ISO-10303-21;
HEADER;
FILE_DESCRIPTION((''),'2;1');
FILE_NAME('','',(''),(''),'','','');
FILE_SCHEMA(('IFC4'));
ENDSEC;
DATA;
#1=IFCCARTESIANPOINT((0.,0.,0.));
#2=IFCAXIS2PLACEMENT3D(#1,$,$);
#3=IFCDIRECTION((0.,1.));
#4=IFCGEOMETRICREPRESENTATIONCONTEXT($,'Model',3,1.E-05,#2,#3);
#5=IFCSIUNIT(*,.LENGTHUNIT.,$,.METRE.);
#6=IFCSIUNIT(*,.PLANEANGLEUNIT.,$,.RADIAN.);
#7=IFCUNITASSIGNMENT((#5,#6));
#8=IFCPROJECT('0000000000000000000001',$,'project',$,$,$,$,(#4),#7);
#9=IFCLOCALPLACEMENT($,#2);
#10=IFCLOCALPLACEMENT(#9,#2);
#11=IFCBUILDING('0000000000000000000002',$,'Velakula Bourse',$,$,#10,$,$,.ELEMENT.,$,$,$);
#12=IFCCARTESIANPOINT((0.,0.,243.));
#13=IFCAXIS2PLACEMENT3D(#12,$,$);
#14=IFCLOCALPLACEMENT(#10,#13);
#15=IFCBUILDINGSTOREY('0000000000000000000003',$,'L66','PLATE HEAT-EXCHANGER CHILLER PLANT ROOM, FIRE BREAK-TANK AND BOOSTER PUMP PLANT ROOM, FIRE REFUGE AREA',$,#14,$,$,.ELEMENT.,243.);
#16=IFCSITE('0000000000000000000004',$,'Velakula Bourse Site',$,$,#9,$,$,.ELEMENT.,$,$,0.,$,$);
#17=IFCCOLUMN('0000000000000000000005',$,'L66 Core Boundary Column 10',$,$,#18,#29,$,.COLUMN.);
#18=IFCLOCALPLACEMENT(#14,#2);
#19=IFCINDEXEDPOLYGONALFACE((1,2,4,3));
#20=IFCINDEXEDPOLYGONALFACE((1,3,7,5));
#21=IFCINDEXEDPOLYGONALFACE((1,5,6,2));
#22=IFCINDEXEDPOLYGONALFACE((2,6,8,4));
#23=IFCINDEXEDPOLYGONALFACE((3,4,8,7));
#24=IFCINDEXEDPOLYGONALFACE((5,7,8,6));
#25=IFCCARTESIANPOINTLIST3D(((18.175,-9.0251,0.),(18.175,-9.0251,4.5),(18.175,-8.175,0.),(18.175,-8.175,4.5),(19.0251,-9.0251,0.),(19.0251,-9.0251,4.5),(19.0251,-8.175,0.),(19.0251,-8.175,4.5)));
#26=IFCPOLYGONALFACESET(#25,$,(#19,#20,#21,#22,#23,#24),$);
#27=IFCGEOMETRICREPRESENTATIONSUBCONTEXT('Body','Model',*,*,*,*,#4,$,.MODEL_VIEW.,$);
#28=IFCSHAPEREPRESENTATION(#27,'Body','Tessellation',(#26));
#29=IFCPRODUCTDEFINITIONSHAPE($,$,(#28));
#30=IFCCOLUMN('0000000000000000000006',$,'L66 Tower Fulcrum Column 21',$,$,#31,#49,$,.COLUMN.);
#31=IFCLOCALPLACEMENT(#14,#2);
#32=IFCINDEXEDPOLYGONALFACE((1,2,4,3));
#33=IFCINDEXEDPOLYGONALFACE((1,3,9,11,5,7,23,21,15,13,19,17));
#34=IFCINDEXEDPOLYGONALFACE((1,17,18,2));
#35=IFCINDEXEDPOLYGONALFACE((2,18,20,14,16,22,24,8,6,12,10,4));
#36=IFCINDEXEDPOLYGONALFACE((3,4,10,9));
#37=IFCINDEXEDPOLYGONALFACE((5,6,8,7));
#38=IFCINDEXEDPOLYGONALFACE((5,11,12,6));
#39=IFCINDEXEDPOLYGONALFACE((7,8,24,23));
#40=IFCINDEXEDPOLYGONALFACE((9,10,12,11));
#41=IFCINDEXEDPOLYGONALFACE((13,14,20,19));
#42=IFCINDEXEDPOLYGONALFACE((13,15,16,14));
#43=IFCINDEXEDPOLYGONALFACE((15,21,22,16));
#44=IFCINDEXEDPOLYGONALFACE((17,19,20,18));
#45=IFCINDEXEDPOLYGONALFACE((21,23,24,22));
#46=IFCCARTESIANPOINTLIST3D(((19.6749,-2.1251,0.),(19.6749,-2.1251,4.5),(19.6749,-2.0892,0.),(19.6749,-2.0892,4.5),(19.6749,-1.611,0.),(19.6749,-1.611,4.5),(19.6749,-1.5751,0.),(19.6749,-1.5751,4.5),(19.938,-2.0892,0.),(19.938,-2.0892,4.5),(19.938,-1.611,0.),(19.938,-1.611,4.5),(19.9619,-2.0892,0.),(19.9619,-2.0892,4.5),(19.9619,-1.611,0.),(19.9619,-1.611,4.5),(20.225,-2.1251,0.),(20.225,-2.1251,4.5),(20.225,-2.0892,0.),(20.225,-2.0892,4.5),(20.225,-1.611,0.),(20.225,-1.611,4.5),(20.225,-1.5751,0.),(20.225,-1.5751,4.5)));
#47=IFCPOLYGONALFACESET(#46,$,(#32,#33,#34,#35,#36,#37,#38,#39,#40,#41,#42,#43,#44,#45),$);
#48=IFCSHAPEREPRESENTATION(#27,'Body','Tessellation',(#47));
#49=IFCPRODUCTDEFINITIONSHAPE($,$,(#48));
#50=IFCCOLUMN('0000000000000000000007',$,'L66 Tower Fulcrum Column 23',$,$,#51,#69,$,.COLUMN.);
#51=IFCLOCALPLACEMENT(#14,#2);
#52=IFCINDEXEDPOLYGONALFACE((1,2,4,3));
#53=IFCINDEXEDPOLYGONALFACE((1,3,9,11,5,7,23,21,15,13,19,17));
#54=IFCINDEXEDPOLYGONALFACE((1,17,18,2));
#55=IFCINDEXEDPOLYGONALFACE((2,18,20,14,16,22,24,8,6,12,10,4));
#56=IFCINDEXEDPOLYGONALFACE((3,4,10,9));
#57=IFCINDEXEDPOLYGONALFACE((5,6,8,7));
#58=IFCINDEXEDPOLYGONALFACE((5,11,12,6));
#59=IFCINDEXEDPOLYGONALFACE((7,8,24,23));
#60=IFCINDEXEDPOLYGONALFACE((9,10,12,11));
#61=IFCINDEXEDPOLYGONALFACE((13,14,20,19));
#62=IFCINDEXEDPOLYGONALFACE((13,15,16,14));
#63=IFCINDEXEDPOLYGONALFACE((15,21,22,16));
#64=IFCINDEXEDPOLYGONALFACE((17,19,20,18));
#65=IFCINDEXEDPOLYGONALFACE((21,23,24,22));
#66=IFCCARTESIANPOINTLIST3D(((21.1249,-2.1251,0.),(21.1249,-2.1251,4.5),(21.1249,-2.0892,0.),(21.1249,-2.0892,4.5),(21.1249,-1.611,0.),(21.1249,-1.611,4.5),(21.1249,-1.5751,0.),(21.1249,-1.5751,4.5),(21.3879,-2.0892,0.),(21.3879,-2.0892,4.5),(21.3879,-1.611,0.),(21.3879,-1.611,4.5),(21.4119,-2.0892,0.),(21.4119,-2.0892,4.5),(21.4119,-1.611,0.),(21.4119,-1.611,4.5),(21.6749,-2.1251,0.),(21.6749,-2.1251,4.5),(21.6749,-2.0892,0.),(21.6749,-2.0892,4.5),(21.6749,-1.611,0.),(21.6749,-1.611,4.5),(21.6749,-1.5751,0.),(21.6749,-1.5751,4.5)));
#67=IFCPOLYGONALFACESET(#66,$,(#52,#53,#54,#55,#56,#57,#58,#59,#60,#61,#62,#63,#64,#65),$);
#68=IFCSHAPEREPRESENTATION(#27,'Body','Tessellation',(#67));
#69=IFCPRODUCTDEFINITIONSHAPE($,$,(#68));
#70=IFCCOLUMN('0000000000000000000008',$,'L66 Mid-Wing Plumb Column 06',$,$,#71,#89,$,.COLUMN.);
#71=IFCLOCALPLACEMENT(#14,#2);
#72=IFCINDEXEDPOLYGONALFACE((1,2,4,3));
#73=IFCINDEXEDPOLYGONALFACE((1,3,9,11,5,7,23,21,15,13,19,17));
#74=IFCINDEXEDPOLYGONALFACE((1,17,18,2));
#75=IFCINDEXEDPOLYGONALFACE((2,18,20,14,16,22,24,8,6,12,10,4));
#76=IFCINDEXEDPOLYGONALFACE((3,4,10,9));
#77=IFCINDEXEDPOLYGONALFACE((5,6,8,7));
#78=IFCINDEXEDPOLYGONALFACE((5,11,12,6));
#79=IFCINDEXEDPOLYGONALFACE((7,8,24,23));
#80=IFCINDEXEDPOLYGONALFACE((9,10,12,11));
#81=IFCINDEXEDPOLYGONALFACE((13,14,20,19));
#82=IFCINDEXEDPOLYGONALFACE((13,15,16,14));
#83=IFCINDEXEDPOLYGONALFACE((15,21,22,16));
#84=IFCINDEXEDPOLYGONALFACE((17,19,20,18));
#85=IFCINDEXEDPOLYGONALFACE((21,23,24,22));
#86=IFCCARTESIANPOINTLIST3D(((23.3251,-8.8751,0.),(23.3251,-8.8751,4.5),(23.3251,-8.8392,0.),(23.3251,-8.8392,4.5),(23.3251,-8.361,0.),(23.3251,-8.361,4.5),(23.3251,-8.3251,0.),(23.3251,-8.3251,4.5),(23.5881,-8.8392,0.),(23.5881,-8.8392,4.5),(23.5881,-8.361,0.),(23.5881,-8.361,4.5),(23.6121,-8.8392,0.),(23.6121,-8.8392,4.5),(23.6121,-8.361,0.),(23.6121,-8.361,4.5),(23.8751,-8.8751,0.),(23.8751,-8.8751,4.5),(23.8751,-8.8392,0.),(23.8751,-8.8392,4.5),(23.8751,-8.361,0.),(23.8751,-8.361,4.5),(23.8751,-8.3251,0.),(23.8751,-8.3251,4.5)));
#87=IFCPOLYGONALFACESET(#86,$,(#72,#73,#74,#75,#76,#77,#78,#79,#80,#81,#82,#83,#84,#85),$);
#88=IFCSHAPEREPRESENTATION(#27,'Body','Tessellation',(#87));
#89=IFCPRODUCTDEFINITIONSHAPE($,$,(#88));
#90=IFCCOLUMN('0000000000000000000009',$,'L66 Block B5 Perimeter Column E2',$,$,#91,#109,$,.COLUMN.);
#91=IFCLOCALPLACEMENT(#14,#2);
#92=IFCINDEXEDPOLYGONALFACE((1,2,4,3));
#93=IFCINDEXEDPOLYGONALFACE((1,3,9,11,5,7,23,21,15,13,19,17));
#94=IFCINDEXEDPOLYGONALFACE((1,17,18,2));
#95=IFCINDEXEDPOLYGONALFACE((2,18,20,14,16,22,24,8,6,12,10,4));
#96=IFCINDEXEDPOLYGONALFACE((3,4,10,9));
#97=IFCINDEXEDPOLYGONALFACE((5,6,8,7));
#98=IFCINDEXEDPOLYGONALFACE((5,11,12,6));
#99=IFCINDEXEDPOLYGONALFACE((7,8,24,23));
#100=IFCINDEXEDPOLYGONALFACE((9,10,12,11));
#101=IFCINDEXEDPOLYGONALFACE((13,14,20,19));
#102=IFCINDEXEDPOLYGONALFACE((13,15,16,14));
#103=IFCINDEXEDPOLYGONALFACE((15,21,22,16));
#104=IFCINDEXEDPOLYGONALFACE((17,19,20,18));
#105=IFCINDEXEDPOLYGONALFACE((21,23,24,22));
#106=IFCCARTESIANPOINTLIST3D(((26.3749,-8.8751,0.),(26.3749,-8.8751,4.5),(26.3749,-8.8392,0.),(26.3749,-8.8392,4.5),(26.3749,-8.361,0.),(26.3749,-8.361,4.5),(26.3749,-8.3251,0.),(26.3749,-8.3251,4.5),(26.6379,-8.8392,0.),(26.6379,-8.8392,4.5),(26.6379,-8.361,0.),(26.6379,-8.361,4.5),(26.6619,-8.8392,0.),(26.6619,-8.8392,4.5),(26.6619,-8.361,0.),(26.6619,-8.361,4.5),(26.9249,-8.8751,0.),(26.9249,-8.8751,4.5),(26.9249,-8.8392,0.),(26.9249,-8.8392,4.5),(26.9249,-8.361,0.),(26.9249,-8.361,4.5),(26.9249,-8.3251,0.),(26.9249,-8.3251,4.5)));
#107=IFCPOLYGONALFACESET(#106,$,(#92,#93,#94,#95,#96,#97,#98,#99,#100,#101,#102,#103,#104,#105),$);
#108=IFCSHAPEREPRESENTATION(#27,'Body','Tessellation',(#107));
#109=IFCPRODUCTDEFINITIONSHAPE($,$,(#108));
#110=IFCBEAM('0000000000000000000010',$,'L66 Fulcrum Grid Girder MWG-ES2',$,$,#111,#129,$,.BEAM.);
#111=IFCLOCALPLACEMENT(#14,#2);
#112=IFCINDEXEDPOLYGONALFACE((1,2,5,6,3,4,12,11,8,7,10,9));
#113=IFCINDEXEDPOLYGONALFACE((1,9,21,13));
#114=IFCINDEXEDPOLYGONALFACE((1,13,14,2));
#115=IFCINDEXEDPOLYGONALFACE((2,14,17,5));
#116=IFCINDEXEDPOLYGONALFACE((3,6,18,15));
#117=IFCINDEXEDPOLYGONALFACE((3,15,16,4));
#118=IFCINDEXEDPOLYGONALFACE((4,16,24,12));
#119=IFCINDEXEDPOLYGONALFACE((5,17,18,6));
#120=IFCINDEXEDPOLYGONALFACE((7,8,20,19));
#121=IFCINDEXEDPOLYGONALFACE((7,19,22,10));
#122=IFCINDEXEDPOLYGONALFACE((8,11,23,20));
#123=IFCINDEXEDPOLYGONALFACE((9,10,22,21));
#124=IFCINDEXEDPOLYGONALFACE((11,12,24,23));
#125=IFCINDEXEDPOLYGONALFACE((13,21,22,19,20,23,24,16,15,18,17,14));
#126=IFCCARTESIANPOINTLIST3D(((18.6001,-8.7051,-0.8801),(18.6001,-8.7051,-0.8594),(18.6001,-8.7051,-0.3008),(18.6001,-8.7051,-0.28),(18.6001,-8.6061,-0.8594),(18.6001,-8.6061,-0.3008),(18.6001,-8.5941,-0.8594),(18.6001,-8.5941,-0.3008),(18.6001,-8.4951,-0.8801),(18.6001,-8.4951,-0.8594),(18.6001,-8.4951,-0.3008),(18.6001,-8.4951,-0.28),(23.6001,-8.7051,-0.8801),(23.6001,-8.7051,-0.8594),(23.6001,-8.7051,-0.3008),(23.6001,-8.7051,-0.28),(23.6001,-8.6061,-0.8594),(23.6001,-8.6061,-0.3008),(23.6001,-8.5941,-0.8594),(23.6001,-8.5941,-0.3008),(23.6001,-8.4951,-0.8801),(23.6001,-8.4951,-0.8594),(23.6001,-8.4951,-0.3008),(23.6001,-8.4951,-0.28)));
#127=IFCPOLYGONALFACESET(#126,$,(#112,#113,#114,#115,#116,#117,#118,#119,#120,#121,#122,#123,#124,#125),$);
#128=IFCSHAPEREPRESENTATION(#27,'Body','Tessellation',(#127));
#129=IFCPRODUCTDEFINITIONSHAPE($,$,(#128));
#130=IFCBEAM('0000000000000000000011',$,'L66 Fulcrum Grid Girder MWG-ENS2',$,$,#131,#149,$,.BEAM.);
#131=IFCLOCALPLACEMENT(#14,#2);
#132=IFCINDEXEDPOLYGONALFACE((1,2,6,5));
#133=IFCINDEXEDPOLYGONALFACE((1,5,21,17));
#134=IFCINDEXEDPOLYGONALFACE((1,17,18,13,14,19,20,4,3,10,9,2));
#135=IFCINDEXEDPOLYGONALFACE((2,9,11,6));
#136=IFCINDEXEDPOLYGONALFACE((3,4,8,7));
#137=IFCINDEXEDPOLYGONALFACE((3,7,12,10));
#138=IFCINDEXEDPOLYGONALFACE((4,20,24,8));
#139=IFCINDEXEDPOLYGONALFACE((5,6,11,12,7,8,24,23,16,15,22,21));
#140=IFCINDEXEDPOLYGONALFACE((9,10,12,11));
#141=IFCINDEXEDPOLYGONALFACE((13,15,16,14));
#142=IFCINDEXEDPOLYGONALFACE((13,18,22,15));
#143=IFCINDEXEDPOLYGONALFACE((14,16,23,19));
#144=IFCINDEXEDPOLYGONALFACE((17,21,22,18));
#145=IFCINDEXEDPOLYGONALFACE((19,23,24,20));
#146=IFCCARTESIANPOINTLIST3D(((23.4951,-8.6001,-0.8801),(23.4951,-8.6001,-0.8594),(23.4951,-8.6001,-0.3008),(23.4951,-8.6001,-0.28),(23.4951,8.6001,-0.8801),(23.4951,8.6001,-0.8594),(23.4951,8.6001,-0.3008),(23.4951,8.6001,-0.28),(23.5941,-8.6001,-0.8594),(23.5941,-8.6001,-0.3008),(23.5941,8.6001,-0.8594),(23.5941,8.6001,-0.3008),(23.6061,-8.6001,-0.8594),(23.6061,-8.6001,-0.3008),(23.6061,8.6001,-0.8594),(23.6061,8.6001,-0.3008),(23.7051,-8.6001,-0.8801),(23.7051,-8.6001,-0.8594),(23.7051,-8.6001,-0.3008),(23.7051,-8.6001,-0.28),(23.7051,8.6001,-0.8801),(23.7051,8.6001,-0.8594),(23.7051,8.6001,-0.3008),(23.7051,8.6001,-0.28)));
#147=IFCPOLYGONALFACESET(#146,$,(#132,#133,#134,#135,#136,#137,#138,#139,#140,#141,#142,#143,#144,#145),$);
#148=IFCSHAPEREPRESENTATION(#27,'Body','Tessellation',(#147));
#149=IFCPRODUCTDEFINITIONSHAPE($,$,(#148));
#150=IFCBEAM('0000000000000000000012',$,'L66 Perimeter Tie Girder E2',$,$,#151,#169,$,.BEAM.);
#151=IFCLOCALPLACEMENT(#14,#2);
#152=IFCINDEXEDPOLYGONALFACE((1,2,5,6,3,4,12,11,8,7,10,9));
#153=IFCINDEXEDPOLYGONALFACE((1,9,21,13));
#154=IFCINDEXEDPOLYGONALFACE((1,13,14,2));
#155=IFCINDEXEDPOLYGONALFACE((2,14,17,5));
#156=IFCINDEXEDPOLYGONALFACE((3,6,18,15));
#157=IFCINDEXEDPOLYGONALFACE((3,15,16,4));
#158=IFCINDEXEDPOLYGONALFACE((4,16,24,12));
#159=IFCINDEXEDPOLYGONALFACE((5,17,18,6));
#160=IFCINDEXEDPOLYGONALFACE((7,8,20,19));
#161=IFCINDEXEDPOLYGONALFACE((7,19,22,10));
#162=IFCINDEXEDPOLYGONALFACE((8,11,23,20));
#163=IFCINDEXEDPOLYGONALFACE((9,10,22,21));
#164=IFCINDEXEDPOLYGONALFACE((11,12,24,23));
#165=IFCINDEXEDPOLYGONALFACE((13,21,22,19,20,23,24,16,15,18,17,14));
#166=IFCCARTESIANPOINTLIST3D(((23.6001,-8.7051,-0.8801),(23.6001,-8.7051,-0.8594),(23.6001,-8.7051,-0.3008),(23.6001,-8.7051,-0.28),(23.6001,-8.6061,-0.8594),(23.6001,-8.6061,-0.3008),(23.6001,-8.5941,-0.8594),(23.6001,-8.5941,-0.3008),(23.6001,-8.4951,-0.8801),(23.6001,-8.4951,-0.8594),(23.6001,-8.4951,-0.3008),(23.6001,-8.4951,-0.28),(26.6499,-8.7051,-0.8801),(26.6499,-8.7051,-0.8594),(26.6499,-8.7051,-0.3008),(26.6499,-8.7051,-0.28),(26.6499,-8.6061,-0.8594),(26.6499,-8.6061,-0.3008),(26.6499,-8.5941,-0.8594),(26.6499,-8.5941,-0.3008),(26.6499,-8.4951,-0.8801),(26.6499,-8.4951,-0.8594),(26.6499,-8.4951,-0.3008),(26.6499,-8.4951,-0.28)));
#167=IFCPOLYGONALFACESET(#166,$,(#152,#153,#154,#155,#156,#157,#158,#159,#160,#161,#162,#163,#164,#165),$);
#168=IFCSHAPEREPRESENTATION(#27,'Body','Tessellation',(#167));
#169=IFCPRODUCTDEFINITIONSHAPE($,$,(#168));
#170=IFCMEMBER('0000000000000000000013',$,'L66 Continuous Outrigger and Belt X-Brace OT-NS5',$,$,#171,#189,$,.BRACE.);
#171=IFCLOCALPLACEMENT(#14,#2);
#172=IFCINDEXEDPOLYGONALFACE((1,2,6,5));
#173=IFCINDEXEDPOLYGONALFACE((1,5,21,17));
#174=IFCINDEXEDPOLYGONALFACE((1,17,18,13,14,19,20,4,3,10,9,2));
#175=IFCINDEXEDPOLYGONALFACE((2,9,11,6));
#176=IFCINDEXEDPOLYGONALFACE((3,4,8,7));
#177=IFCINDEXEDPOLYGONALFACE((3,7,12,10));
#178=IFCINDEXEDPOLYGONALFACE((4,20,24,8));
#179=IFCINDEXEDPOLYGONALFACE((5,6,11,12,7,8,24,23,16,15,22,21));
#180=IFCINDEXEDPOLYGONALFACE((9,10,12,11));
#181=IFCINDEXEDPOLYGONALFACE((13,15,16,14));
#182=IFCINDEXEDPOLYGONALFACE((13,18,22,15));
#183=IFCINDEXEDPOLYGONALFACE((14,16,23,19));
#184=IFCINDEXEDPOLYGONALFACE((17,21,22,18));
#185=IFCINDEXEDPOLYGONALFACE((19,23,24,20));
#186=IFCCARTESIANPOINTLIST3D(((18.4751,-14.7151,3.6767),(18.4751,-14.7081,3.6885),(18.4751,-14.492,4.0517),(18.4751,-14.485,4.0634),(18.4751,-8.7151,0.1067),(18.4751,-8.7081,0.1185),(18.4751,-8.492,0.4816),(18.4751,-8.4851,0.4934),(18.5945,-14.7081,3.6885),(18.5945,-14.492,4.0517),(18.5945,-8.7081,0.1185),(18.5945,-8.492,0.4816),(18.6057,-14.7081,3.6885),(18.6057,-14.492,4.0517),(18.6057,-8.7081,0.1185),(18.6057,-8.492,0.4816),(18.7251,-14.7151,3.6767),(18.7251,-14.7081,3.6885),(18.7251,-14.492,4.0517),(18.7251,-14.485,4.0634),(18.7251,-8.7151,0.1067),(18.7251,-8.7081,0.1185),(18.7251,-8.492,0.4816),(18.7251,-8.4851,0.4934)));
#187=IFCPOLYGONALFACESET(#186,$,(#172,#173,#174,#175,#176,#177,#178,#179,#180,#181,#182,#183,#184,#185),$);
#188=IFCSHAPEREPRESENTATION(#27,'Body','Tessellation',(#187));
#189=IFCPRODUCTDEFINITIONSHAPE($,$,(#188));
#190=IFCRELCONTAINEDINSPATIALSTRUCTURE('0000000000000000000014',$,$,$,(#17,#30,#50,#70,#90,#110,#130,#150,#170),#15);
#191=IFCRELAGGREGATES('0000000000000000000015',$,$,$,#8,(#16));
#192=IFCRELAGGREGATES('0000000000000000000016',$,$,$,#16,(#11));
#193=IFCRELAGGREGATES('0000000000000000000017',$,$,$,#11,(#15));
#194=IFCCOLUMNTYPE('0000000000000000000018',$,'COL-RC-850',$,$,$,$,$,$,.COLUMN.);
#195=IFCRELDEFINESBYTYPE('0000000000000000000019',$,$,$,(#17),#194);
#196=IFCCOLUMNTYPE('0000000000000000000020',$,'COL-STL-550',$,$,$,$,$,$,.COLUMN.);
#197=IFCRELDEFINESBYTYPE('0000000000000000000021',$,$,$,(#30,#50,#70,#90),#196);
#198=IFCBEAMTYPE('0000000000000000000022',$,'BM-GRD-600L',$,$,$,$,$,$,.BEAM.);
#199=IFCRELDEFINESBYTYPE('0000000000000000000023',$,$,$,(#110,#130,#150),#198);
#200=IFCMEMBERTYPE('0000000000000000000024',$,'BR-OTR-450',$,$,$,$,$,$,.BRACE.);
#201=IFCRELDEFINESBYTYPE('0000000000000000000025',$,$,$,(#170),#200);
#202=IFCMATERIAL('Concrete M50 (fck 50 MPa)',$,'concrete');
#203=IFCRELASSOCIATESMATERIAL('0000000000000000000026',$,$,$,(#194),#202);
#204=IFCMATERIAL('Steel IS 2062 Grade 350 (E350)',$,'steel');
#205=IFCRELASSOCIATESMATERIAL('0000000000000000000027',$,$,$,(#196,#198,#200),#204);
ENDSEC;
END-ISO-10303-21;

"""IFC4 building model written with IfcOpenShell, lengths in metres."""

from ifc_helpers import new_model, si_unit, direction, frame, origin, origin_2d, place, context, subcontext, project, spatial, rectangle, i_section, extrude, material, material_profile, profile_set, type_object, element, save


model = new_model("IFC4")

# Units and contexts
model_context = context("Model", 3, precision=1e-05, world=origin(), true_north=direction((0.0, 1.0)))
body_context = subcontext(model_context, "Body", "Model", "MODEL_VIEW")
ifc_project = project(units=[si_unit("LENGTHUNIT", "METRE"), si_unit("PLANEANGLEUNIT", "RADIAN")], contexts=[model_context])

# Site, building, storey
site_placement = place(None, origin())
site = spatial("IfcSite", under=ifc_project, at=site_placement, Name="Velakula Bourse Site", CompositionType="ELEMENT", RefElevation=0.0)
building_placement = place(site_placement, origin())
building = spatial("IfcBuilding", under=site, at=building_placement, Name="Velakula Bourse", CompositionType="ELEMENT")
storey_placement = place(building_placement, frame((0.0, 0.0, 243.0)))
storey = spatial("IfcBuildingStorey", under=building, at=storey_placement, Name="L66", Description="PLATE HEAT-EXCHANGER CHILLER PLANT ROOM, FIRE BREAK-TANK AND BOOSTER PUMP PLANT ROOM, FIRE REFUGE AREA", CompositionType="ELEMENT", Elevation=243.0)

# Columns
ifc_material_1 = material(Name="Concrete M50 (fck 50 MPa)", Category="concrete")
ifc_material_profile_1 = material_profile(ifc_material_1, rectangle(XDim=0.8501, YDim=0.8501, at=origin_2d()), Name="Concrete M50 (fck 50 MPa)")
ifc_profile_set_1 = profile_set([ifc_material_profile_1], Name="Concrete M50 (fck 50 MPa)")
column_type_1 = type_object("IfcColumnType", Name="COL-RC-850", PredefinedType="COLUMN", material=ifc_profile_set_1)
column_placement = place(storey_placement, frame((18.6001, -8.6001, 0.0), z_axis=(0.0, 0.0, 1.0), x_axis=(1.0, 0.0, 0.0)))
element("IfcColumn", 1, at=column_placement, inside=storey, type_object=column_type_1, Name="L66 Core Boundary Column 10", PredefinedType="COLUMN", context=body_context, shape_type="SweptSolid", body=[
    extrude(rectangle(XDim=0.8501, YDim=0.8501, at=origin_2d()), origin(), (0.0, 0.0, 1.0), 4.5),
])
ifc_material_2 = material(Name="Steel IS 2062 Grade 350 (E350)", Category="steel")
ifc_material_profile_2 = material_profile(ifc_material_2, i_section(OverallWidth=0.55, OverallDepth=0.55, WebThickness=0.0239, FlangeThickness=0.0359, at=origin_2d()), Name="Steel IS 2062 Grade 350 (E350)")
ifc_profile_set_2 = profile_set([ifc_material_profile_2], Name="Steel IS 2062 Grade 350 (E350)")
column_type_2 = type_object("IfcColumnType", Name="COL-STL-550", PredefinedType="COLUMN", material=ifc_profile_set_2)
for number, where, z_axis, x_axis, name in (
    (2, (19.95, -1.8501, 0.0), (0.0, 0.0, 1.0), (1.0, 0.0, 0.0), "L66 Tower Fulcrum Column 21"),
    (3, (21.3999, -1.8501, 0.0), (0.0, 0.0, 1.0), (1.0, 0.0, 0.0), "L66 Tower Fulcrum Column 23"),
    (4, (23.6001, -8.6001, 0.0), (0.0, 0.0, 1.0), (1.0, 0.0, 0.0), "L66 Mid-Wing Plumb Column 06"),
    (5, (26.6499, -8.6001, 0.0), (0.0, 0.0, 1.0), (1.0, 0.0, 0.0), "L66 Block B5 Perimeter Column E2"),
):
    element("IfcColumn", number, at=place(storey_placement, frame(where, z_axis=z_axis, x_axis=x_axis)), inside=storey, type_object=column_type_2, Name=name, PredefinedType="COLUMN", context=body_context, shape_type="SweptSolid", body=[
        extrude(i_section(OverallWidth=0.55, OverallDepth=0.55, WebThickness=0.0239, FlangeThickness=0.0359, at=origin_2d()), origin(), (0.0, 0.0, 1.0), 4.5),
    ])

# Beams
ifc_material_profile_3 = material_profile(ifc_material_2, i_section(OverallWidth=0.21, OverallDepth=0.6001, WebThickness=0.012, FlangeThickness=0.0208, at=origin_2d()), Name="Steel IS 2062 Grade 350 (E350)")
ifc_profile_set_3 = profile_set([ifc_material_profile_3], Name="Steel IS 2062 Grade 350 (E350)")
beam_type_1 = type_object("IfcBeamType", Name="BM-GRD-600L", PredefinedType="BEAM", material=ifc_profile_set_3)
beam_1_placement = place(storey_placement, frame((18.6001, -8.6001, -0.5801), z_axis=(1.0, 0.0, 0.0), x_axis=(0.0, 1.0, 0.0)))
element("IfcBeam", 6, at=beam_1_placement, inside=storey, type_object=beam_type_1, Name="L66 Fulcrum Grid Girder MWG-ES2", PredefinedType="BEAM", context=body_context, shape_type="SweptSolid", body=[
    extrude(i_section(OverallWidth=0.21, OverallDepth=0.6001, WebThickness=0.012, FlangeThickness=0.0208, at=origin_2d()), origin(), (0.0, 0.0, 1.0), 5.0),
])
beam_2_placement = place(storey_placement, frame((23.6001, -8.6001, -0.5801), z_axis=(0.0, 1.0, 0.0), x_axis=(-1.0, 0.0, 0.0)))
element("IfcBeam", 7, at=beam_2_placement, inside=storey, type_object=beam_type_1, Name="L66 Fulcrum Grid Girder MWG-ENS2", PredefinedType="BEAM", context=body_context, shape_type="SweptSolid", body=[
    extrude(i_section(OverallWidth=0.21, OverallDepth=0.6001, WebThickness=0.012, FlangeThickness=0.0208, at=origin_2d()), origin(), (0.0, 0.0, 1.0), 17.2002),
])
beam_3_placement = place(storey_placement, frame((23.6001, -8.6001, -0.5801), z_axis=(1.0, 0.0, 0.0), x_axis=(0.0, 1.0, 0.0)))
element("IfcBeam", 8, at=beam_3_placement, inside=storey, type_object=beam_type_1, Name="L66 Perimeter Tie Girder E2", PredefinedType="BEAM", context=body_context, shape_type="SweptSolid", body=[
    extrude(i_section(OverallWidth=0.21, OverallDepth=0.6001, WebThickness=0.012, FlangeThickness=0.0208, at=origin_2d()), origin(), (0.0, 0.0, 1.0), 3.0498),
])

# Member
ifc_material_profile_4 = material_profile(ifc_material_2, i_section(OverallWidth=0.25, OverallDepth=0.45, WebThickness=0.0112, FlangeThickness=0.0137, at=origin_2d()), Name="Steel IS 2062 Grade 350 (E350)")
ifc_profile_set_4 = profile_set([ifc_material_profile_4], Name="Steel IS 2062 Grade 350 (E350)")
member_type_1 = type_object("IfcMemberType", Name="BR-OTR-450", PredefinedType="BRACE", material=ifc_profile_set_4)
member_1_placement = place(storey_placement, frame((18.6001, -8.6001, 0.3), z_axis=(0.0, -0.859378, 0.51134), x_axis=(1.0, 0.0, 0.0)))
element("IfcMember", 9, at=member_1_placement, inside=storey, type_object=member_type_1, Name="L66 Continuous Outrigger and Belt X-Brace OT-NS5", PredefinedType="BRACE", context=body_context, shape_type="SweptSolid", body=[
    extrude(i_section(OverallWidth=0.25, OverallDepth=0.45, WebThickness=0.0112, FlangeThickness=0.0137, at=origin_2d()), origin(), (0.0, 0.0, 1.0), 6.9817),
])

save(model, "model.ifc")
